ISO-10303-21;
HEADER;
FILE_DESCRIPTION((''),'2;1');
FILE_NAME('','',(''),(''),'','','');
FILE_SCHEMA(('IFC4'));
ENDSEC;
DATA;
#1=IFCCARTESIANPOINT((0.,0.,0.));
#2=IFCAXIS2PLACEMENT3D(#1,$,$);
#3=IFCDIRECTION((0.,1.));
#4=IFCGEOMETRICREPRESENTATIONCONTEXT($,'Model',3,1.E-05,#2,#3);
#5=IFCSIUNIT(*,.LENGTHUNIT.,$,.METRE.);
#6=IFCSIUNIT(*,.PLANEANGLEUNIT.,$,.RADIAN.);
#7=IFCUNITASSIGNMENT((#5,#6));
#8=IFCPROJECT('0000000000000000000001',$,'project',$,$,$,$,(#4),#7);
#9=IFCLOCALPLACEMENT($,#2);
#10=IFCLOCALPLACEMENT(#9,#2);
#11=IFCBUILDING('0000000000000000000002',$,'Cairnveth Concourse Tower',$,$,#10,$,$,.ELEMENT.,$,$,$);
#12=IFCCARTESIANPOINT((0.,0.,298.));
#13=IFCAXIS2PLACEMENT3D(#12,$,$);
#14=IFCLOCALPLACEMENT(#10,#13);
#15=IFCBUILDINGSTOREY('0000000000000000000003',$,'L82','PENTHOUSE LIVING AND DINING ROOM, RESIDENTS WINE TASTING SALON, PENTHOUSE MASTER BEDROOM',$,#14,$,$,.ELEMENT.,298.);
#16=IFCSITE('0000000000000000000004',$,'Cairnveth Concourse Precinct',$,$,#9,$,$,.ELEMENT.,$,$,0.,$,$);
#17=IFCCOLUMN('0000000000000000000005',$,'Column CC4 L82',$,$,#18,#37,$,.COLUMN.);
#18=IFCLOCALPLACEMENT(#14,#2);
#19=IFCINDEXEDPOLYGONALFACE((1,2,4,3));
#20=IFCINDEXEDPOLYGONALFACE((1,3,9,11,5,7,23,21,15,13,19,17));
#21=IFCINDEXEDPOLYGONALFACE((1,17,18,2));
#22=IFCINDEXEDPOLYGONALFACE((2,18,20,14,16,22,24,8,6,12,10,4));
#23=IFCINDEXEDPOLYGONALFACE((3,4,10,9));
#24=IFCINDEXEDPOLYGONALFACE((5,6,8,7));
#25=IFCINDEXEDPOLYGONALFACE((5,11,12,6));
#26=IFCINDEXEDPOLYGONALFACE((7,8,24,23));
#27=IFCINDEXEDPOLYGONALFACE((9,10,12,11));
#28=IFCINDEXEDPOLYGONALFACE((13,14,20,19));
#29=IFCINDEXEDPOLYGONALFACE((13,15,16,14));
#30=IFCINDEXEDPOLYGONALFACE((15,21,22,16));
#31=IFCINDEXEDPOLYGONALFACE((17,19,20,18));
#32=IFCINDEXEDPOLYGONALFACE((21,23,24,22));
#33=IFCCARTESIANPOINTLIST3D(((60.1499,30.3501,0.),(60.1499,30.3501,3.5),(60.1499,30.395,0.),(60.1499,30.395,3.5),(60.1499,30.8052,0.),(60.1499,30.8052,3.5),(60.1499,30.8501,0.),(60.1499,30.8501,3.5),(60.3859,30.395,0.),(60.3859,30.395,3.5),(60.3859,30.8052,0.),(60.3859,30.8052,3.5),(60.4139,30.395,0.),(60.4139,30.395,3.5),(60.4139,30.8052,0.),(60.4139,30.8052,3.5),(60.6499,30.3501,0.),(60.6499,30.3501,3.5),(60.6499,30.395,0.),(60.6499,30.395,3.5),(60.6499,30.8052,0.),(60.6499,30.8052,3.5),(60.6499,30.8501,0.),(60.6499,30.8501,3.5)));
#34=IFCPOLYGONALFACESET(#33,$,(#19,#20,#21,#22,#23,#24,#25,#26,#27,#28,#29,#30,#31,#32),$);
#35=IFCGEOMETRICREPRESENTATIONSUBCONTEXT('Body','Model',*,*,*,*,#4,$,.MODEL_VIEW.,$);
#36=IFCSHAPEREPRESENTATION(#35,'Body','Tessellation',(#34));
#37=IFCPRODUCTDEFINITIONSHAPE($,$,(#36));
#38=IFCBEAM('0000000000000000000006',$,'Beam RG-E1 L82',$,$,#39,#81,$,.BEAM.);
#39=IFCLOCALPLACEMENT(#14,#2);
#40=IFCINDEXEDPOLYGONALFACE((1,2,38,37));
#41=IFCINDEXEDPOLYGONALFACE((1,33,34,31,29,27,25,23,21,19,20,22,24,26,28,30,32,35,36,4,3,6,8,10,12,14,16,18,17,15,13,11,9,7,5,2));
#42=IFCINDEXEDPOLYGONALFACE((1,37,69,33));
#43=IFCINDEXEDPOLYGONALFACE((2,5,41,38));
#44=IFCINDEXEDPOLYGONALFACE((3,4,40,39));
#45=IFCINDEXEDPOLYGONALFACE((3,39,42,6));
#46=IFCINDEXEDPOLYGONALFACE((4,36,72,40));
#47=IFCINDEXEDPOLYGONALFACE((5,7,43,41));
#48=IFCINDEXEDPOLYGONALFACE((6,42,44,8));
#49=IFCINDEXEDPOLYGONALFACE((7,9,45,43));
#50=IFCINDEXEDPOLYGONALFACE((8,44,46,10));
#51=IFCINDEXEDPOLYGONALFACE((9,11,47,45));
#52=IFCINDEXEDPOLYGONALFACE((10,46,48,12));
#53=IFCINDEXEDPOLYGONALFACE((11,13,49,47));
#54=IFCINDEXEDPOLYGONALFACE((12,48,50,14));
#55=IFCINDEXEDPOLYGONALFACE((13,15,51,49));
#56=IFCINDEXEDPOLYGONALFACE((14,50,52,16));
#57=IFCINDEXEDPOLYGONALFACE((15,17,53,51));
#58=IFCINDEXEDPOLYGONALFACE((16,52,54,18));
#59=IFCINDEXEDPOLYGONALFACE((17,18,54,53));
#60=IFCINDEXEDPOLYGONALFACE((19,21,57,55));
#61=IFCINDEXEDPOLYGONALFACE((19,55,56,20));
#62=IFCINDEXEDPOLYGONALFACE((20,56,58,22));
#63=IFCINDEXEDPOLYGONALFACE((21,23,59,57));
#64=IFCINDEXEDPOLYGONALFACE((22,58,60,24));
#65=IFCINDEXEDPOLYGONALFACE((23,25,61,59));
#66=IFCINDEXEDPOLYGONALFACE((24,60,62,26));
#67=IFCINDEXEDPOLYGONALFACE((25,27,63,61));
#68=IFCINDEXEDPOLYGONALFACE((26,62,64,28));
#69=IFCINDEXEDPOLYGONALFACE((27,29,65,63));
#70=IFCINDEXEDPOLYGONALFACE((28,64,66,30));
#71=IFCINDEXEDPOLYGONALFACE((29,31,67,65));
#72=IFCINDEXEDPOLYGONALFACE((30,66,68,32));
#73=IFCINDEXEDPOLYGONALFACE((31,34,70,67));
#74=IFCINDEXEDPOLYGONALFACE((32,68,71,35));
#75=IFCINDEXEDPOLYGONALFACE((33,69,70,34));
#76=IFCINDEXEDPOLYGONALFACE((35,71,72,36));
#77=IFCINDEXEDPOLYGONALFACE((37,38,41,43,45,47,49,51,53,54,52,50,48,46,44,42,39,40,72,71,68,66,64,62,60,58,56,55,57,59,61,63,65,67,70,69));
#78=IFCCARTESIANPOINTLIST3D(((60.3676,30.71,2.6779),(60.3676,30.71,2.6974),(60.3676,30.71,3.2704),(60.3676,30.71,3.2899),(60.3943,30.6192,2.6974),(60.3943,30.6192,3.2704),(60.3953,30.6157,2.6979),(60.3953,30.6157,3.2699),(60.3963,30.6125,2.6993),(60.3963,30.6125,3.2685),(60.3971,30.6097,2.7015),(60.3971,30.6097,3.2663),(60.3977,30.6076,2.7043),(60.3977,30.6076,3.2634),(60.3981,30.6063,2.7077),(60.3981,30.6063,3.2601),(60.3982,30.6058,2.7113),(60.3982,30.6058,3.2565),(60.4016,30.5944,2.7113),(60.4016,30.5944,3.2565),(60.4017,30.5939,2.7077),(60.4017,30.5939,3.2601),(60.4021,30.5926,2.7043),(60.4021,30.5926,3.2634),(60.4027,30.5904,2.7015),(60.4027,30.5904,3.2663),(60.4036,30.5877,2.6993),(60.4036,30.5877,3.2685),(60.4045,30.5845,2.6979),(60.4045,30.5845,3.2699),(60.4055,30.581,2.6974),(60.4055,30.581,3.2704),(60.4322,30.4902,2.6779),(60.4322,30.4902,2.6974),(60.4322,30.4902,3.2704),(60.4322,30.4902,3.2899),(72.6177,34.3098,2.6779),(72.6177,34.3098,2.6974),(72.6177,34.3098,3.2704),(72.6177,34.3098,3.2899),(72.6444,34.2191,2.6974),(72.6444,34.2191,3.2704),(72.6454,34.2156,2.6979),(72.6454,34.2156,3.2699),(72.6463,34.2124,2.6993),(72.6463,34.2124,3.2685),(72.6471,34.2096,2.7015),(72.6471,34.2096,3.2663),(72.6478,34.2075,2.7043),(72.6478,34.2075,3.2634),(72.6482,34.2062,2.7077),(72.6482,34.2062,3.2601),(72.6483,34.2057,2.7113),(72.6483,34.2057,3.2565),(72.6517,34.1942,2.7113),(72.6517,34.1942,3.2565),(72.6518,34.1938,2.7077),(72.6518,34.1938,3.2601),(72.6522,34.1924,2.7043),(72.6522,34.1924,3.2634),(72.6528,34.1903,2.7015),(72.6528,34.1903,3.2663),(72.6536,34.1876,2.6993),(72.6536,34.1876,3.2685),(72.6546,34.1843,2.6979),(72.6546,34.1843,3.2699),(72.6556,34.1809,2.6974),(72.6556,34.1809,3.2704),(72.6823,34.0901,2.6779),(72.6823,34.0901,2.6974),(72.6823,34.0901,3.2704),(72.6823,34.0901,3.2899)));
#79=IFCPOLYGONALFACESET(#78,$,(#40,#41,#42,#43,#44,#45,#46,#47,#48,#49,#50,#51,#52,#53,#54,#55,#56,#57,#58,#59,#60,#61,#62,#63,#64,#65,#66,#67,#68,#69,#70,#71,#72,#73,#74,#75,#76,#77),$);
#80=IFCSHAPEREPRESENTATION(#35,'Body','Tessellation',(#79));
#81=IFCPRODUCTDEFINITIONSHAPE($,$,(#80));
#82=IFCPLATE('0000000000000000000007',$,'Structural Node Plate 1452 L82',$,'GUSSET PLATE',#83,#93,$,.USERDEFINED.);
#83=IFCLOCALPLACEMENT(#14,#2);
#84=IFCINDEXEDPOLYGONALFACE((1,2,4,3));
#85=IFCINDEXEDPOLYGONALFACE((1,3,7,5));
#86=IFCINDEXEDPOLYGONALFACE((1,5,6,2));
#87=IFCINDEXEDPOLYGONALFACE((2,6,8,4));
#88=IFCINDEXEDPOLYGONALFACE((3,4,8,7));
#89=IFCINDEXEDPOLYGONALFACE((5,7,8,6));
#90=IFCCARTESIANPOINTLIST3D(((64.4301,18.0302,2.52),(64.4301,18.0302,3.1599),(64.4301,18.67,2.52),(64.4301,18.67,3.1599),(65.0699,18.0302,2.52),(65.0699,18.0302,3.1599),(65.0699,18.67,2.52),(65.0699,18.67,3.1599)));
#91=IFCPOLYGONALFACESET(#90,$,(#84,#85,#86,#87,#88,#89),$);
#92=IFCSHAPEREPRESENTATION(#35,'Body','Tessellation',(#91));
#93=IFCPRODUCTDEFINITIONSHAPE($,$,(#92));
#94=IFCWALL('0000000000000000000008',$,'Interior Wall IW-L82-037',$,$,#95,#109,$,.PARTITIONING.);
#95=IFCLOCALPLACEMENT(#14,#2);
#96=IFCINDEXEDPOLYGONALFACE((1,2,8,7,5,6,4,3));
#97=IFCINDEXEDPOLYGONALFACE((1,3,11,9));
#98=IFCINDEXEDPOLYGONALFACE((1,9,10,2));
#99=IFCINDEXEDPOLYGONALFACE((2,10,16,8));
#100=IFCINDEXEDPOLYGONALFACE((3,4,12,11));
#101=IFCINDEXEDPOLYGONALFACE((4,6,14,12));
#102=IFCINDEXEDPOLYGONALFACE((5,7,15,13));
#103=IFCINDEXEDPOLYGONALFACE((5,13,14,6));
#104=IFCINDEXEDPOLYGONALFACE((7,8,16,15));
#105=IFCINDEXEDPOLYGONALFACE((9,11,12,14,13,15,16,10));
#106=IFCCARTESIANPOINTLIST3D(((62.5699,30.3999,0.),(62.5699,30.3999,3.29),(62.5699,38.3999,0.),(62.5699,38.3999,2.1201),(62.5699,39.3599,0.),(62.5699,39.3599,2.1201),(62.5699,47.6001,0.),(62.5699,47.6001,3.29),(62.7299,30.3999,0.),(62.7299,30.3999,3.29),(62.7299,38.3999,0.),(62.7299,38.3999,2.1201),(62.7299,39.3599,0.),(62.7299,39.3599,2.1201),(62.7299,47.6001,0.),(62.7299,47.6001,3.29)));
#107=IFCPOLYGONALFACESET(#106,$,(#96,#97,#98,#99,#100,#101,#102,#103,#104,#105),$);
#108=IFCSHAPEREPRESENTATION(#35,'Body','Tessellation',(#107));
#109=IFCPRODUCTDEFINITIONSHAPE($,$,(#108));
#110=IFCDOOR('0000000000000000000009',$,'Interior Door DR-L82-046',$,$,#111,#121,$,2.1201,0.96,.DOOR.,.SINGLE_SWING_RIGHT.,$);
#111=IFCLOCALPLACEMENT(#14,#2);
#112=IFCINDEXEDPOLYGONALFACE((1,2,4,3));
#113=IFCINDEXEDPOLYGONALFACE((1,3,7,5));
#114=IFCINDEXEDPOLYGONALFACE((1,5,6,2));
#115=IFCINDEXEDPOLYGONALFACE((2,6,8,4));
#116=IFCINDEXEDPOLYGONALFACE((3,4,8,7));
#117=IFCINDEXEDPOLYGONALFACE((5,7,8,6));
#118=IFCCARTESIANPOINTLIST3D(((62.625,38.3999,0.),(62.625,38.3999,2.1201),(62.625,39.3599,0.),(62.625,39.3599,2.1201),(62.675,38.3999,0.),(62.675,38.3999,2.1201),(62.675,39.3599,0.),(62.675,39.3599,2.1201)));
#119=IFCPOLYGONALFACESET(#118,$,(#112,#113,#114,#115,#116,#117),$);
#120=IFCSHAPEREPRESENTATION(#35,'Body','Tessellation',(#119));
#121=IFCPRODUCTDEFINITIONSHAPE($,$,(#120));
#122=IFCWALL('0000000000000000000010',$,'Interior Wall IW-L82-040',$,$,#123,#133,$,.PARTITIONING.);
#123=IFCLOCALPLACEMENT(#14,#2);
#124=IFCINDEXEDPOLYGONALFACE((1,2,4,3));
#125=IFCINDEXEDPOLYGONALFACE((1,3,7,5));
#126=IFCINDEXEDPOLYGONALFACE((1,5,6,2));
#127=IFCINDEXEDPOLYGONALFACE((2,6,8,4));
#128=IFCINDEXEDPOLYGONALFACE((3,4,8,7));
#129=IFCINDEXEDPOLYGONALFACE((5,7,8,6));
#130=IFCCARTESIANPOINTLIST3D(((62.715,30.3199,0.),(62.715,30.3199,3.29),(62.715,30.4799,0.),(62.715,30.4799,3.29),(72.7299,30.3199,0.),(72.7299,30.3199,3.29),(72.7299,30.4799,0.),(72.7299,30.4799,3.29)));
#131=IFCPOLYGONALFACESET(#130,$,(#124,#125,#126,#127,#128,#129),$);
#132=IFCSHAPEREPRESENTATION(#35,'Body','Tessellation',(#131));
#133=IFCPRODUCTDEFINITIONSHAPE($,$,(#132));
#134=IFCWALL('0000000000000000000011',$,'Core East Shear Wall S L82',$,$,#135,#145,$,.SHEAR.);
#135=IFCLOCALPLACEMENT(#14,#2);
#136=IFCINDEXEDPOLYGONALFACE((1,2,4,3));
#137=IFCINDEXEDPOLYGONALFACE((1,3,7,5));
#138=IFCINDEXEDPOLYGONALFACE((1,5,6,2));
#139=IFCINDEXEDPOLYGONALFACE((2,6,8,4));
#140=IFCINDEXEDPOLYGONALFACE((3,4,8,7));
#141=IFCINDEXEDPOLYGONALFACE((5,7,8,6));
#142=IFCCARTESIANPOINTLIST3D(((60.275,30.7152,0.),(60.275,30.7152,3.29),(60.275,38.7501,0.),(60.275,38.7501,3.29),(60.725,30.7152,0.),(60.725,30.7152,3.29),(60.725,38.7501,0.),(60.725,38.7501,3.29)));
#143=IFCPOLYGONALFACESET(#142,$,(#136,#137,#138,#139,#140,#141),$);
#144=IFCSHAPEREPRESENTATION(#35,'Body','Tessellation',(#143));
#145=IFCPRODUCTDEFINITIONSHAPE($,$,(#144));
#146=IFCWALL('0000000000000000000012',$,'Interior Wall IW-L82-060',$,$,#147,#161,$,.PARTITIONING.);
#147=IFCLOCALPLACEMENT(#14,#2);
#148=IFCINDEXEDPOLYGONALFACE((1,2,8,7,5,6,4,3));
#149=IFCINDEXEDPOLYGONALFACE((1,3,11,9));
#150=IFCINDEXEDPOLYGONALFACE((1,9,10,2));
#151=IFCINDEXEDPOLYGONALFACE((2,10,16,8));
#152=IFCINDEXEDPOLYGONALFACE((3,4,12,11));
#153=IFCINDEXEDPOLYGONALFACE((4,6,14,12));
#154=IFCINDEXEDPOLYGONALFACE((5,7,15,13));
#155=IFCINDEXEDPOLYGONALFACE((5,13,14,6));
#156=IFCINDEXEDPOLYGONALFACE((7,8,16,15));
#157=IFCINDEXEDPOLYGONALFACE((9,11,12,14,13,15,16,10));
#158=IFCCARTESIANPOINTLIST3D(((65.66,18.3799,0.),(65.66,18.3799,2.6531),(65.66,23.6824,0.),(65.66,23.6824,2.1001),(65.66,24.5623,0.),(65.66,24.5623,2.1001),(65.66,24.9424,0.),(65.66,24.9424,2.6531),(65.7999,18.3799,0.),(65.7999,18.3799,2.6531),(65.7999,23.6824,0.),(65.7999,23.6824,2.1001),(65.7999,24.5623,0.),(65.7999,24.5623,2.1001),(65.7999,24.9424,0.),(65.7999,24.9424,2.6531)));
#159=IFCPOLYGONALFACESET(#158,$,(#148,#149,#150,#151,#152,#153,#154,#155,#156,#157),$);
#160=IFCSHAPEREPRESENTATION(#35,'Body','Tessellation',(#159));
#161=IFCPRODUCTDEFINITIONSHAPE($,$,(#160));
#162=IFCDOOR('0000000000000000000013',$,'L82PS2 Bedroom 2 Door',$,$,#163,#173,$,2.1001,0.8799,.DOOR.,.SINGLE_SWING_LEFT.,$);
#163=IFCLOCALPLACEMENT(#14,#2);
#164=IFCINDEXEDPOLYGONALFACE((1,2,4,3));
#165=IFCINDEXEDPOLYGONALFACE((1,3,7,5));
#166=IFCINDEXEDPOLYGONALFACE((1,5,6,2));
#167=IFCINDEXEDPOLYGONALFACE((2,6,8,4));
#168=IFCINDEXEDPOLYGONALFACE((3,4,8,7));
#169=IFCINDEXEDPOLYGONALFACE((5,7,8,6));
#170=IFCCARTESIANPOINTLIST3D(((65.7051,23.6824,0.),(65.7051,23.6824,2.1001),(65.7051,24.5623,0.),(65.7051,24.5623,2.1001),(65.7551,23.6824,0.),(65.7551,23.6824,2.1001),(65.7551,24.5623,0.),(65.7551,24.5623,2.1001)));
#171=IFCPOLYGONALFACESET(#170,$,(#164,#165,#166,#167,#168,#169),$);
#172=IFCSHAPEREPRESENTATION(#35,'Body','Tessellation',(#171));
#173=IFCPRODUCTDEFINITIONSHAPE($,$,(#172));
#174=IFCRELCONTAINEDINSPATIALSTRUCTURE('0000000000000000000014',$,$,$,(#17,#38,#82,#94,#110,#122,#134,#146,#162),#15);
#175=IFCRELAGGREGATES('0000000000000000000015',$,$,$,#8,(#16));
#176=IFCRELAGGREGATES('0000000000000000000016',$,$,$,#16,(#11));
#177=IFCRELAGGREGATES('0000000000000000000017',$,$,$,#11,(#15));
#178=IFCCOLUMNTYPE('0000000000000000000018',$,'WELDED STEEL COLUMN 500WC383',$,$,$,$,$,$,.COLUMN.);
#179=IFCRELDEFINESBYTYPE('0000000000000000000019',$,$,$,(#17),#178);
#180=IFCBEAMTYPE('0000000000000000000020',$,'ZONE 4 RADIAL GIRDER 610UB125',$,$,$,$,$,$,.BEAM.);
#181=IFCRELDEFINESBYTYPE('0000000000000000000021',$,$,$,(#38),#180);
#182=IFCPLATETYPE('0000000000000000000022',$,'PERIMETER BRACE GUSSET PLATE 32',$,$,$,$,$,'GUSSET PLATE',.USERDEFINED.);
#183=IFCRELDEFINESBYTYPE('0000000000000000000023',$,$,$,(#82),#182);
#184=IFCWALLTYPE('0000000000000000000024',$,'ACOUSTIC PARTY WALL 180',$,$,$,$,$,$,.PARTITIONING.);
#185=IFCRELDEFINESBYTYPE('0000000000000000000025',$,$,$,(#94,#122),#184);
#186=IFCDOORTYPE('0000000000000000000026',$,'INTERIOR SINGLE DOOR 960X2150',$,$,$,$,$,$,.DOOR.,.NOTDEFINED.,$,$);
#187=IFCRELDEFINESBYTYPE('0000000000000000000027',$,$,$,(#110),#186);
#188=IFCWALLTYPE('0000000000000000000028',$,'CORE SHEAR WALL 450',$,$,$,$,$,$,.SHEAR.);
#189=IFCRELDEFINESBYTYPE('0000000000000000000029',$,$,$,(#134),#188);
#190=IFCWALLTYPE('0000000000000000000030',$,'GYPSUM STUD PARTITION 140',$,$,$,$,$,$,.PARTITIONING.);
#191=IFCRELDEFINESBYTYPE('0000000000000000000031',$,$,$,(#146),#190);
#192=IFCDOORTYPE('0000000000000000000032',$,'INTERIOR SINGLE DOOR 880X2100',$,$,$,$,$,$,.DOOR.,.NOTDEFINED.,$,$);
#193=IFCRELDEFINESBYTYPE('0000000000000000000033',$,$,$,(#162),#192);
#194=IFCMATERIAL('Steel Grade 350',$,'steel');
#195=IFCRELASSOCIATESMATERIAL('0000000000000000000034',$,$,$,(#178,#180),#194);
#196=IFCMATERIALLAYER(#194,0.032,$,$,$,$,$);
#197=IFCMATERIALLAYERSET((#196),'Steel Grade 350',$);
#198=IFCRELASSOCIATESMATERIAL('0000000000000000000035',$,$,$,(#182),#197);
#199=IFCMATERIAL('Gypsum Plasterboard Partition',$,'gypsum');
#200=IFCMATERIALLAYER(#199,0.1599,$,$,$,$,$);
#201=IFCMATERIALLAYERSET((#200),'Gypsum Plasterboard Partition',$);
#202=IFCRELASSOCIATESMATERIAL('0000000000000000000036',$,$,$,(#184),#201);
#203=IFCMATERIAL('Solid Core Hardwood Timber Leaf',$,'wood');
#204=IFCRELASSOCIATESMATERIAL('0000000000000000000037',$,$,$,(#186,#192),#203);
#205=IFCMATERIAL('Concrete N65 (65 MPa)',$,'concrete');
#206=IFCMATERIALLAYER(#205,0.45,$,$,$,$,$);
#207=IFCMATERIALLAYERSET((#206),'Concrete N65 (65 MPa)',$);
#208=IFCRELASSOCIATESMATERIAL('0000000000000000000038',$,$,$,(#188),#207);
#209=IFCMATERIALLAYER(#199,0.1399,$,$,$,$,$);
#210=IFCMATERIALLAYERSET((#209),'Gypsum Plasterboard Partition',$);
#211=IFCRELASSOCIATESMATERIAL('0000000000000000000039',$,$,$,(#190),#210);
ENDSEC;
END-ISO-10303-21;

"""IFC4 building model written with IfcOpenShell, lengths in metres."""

from ifc_helpers import new_model, si_unit, direction, frame, frame_2d, origin, origin_2d, place, context, subcontext, project, spatial, rectangle, i_section, extrude, material, layer, layer_set, material_profile, profile_set, type_object, element, fill, save


model = new_model("IFC4")

# Units and contexts
model_context = context("Model", 3, precision=1e-05, world=origin(), true_north=direction((0.0, 1.0)))
body_context = subcontext(model_context, "Body", "Model", "MODEL_VIEW")
ifc_project = project(units=[si_unit("LENGTHUNIT", "METRE"), si_unit("PLANEANGLEUNIT", "RADIAN")], contexts=[model_context])

# Site, building, storey
site_placement = place(None, origin())
site = spatial("IfcSite", under=ifc_project, at=site_placement, Name="Cairnveth Concourse Precinct", CompositionType="ELEMENT", RefElevation=0.0)
building_placement = place(site_placement, origin())
building = spatial("IfcBuilding", under=site, at=building_placement, Name="Cairnveth Concourse Tower", CompositionType="ELEMENT")
storey_placement = place(building_placement, frame((0.0, 0.0, 298.0)))
storey = spatial("IfcBuildingStorey", under=building, at=storey_placement, Name="L82", Description="PENTHOUSE LIVING AND DINING ROOM, RESIDENTS WINE TASTING SALON, PENTHOUSE MASTER BEDROOM", CompositionType="ELEMENT", Elevation=298.0)

# Column
ifc_material_1 = material(Name="Steel Grade 350", Category="steel")
ifc_material_profile_1 = material_profile(ifc_material_1, i_section(OverallWidth=0.5, OverallDepth=0.5, WebThickness=0.0281, FlangeThickness=0.0449, at=origin_2d()), Name="500WC383")
ifc_profile_set_1 = profile_set([ifc_material_profile_1], Name="Steel Grade 350")
column_type = type_object("IfcColumnType", Name="WELDED STEEL COLUMN 500WC383", PredefinedType="COLUMN", material=ifc_profile_set_1)
column_placement = place(storey_placement, frame((60.3999, 30.6001, 0.0), z_axis=(0.0, 0.0, 1.0), x_axis=(1.0, 0.0, 0.0)))
element("IfcColumn", 1, at=column_placement, inside=storey, type_object=column_type, Name="Column CC4 L82", PredefinedType="COLUMN", context=body_context, shape_type="SweptSolid", body=[
    extrude(i_section(OverallWidth=0.5, OverallDepth=0.5, WebThickness=0.0281, FlangeThickness=0.0449, at=origin_2d()), origin(), (0.0, 0.0, 1.0), 3.5),
])

# Beam
ifc_material_profile_2 = material_profile(ifc_material_1, i_section(OverallWidth=0.229, OverallDepth=0.6121, WebThickness=0.012, FlangeThickness=0.0195, FilletRadius=0.0139, at=origin_2d()), Name="610UB125")
ifc_profile_set_2 = profile_set([ifc_material_profile_2], Name="Steel Grade 350")
beam_type = type_object("IfcBeamType", Name="ZONE 4 RADIAL GIRDER 610UB125", PredefinedType="BEAM", material=ifc_profile_set_2)
beam_placement = place(storey_placement, frame((60.3999, 30.6001, 2.9839), z_axis=(0.959431, 0.281944, 0.0), x_axis=(-0.281944, 0.959431, 0.0)))
element("IfcBeam", 2, at=beam_placement, inside=storey, type_object=beam_type, Name="Beam RG-E1 L82", PredefinedType="BEAM", context=body_context, shape_type="SweptSolid", body=[
    extrude(i_section(OverallWidth=0.229, OverallDepth=0.6121, WebThickness=0.012, FlangeThickness=0.0195, FilletRadius=0.0139, at=origin_2d()), origin(), (0.0, 0.0, 1.0), 12.7681),
])

# Plate
ifc_layer_1 = layer(ifc_material_1, 0.032)
ifc_layer_set_1 = layer_set([ifc_layer_1], Name="Steel Grade 350")
plate_type = type_object("IfcPlateType", Name="PERIMETER BRACE GUSSET PLATE 32", ElementType="GUSSET PLATE", PredefinedType="USERDEFINED", material=ifc_layer_set_1)
plate_placement = place(storey_placement, frame((64.75, 18.3501, 2.52), z_axis=(0.0, 0.0, 1.0), x_axis=(1.0, 0.0, 0.0)))
element("IfcPlate", 3, at=plate_placement, inside=storey, type_object=plate_type, Name="Structural Node Plate 1452 L82", ObjectType="GUSSET PLATE", PredefinedType="USERDEFINED", context=body_context, shape_type="SweptSolid", body=[
    extrude(rectangle(XDim=0.6399, YDim=0.6399, at=origin_2d()), origin(), (0.0, 0.0, 1.0), 0.6399),
])

# Wall, opening, door
ifc_material_2 = material(Name="Gypsum Plasterboard Partition", Category="gypsum")
ifc_layer_2 = layer(ifc_material_2, 0.1599)
ifc_layer_set_2 = layer_set([ifc_layer_2], Name="Gypsum Plasterboard Partition")
wall_type_1 = type_object("IfcWallType", Name="ACOUSTIC PARTY WALL 180", PredefinedType="PARTITIONING", material=ifc_layer_set_2)
wall_1_placement = place(storey_placement, frame((62.6499, 30.3999, 0.0), z_axis=(0.0, 0.0, 1.0), x_axis=(0.0, 1.0, 0.0)))
wall_1 = element("IfcWall", 4, at=wall_1_placement, inside=storey, type_object=wall_type_1, Name="Interior Wall IW-L82-037", PredefinedType="PARTITIONING", context=body_context, shape_type="SweptSolid", body=[
    extrude(rectangle(XDim=17.2002, YDim=0.1599, at=frame_2d((8.6001, 0.0))), origin(), (0.0, 0.0, 1.0), 3.29),
])
opening_1_placement = place(wall_1_placement, frame((8.0, 0.0, 0.0)))
opening_1 = element("IfcOpeningElement", 5, at=opening_1_placement, cuts=wall_1, PredefinedType="OPENING", context=body_context, shape_type="SweptSolid", body=[
    extrude(rectangle(XDim=0.96, YDim=2.1201, at=frame_2d((0.48, 1.0601))), frame((0.0, 0.0898, 0.0), z_axis=(0.0, -1.0, 0.0), x_axis=(1.0, 0.0, 0.0)), (0.0, 0.0, 1.0), 0.1799),
])
ifc_material_3 = material(Name="Solid Core Hardwood Timber Leaf", Category="wood")
door_type_1 = type_object("IfcDoorType", Name="INTERIOR SINGLE DOOR 960X2150", OperationType="NOTDEFINED", PredefinedType="DOOR", material=ifc_material_3)
door_1_placement = place(opening_1_placement, origin())
door_1 = element("IfcDoor", 6, at=door_1_placement, inside=storey, type_object=door_type_1, Name="Interior Door DR-L82-046", OperationType="SINGLE_SWING_RIGHT", OverallHeight=2.1201, OverallWidth=0.96, PredefinedType="DOOR", context=body_context, shape_type="SweptSolid", body=[
    extrude(rectangle(XDim=0.96, YDim=2.1201, at=frame_2d((0.48, 1.0601))), frame((0.0, 0.0249, 0.0), z_axis=(0.0, -1.0, 0.0), x_axis=(1.0, 0.0, 0.0)), (0.0, 0.0, 1.0), 0.05),
])
fill(opening_1, door_1)

# Walls
wall_2_placement = place(storey_placement, frame((62.7151, 30.3999, 0.0), z_axis=(0.0, 0.0, 1.0), x_axis=(1.0, 0.0, 0.0)))
element("IfcWall", 7, at=wall_2_placement, inside=storey, type_object=wall_type_1, Name="Interior Wall IW-L82-040", PredefinedType="PARTITIONING", context=body_context, shape_type="SweptSolid", body=[
    extrude(rectangle(XDim=10.0149, YDim=0.1599, at=frame_2d((5.0073, 0.0))), origin(), (0.0, 0.0, 1.0), 3.29),
])
ifc_material_4 = material(Name="Concrete N65 (65 MPa)", Category="concrete")
ifc_layer_3 = layer(ifc_material_4, 0.45)
ifc_layer_set_3 = layer_set([ifc_layer_3], Name="Concrete N65 (65 MPa)")
wall_type_2 = type_object("IfcWallType", Name="CORE SHEAR WALL 450", PredefinedType="SHEAR", material=ifc_layer_set_3)
wall_3_placement = place(storey_placement, frame((60.5, 30.7151, 0.0), z_axis=(0.0, 0.0, 1.0), x_axis=(0.0, 1.0, 0.0)))
element("IfcWall", 8, at=wall_3_placement, inside=storey, type_object=wall_type_2, Name="Core East Shear Wall S L82", PredefinedType="SHEAR", context=body_context, shape_type="SweptSolid", body=[
    extrude(rectangle(XDim=8.0349, YDim=0.45, at=frame_2d((4.0176, 0.0))), origin(), (0.0, 0.0, 1.0), 3.29),
])

# Wall, opening, door
ifc_layer_4 = layer(ifc_material_2, 0.1399)
ifc_layer_set_4 = layer_set([ifc_layer_4], Name="Gypsum Plasterboard Partition")
wall_type_3 = type_object("IfcWallType", Name="GYPSUM STUD PARTITION 140", PredefinedType="PARTITIONING", material=ifc_layer_set_4)
wall_4_placement = place(storey_placement, frame((65.73, 18.3799, 0.0), z_axis=(0.0, 0.0, 1.0), x_axis=(0.0, 1.0, 0.0)))
wall_4 = element("IfcWall", 9, at=wall_4_placement, inside=storey, type_object=wall_type_3, Name="Interior Wall IW-L82-060", PredefinedType="PARTITIONING", context=body_context, shape_type="SweptSolid", body=[
    extrude(rectangle(XDim=6.5625, YDim=0.1399, at=frame_2d((3.2812, 0.0))), origin(), (0.0, 0.0, 1.0), 2.6531),
])
opening_2_placement = place(wall_4_placement, frame((5.3025, 0.0, 0.0)))
opening_2 = element("IfcOpeningElement", 10, at=opening_2_placement, cuts=wall_4, PredefinedType="OPENING", context=body_context, shape_type="SweptSolid", body=[
    extrude(rectangle(XDim=0.8799, YDim=2.1001, at=frame_2d((0.4399, 1.05))), frame((0.0, 0.0798, 0.0), z_axis=(0.0, -1.0, 0.0), x_axis=(1.0, 0.0, 0.0)), (0.0, 0.0, 1.0), 0.1599),
])
door_type_2 = type_object("IfcDoorType", Name="INTERIOR SINGLE DOOR 880X2100", OperationType="NOTDEFINED", PredefinedType="DOOR", material=ifc_material_3)
door_2_placement = place(opening_2_placement, origin())
door_2 = element("IfcDoor", 11, at=door_2_placement, inside=storey, type_object=door_type_2, Name="L82PS2 Bedroom 2 Door", OperationType="SINGLE_SWING_LEFT", OverallHeight=2.1001, OverallWidth=0.8799, PredefinedType="DOOR", context=body_context, shape_type="SweptSolid", body=[
    extrude(rectangle(XDim=0.8799, YDim=2.1001, at=frame_2d((0.4399, 1.05))), frame((0.0, 0.0249, 0.0), z_axis=(0.0, -1.0, 0.0), x_axis=(1.0, 0.0, 0.0)), (0.0, 0.0, 1.0), 0.05),
])
fill(opening_2, door_2)

save(model, "model.ifc")
